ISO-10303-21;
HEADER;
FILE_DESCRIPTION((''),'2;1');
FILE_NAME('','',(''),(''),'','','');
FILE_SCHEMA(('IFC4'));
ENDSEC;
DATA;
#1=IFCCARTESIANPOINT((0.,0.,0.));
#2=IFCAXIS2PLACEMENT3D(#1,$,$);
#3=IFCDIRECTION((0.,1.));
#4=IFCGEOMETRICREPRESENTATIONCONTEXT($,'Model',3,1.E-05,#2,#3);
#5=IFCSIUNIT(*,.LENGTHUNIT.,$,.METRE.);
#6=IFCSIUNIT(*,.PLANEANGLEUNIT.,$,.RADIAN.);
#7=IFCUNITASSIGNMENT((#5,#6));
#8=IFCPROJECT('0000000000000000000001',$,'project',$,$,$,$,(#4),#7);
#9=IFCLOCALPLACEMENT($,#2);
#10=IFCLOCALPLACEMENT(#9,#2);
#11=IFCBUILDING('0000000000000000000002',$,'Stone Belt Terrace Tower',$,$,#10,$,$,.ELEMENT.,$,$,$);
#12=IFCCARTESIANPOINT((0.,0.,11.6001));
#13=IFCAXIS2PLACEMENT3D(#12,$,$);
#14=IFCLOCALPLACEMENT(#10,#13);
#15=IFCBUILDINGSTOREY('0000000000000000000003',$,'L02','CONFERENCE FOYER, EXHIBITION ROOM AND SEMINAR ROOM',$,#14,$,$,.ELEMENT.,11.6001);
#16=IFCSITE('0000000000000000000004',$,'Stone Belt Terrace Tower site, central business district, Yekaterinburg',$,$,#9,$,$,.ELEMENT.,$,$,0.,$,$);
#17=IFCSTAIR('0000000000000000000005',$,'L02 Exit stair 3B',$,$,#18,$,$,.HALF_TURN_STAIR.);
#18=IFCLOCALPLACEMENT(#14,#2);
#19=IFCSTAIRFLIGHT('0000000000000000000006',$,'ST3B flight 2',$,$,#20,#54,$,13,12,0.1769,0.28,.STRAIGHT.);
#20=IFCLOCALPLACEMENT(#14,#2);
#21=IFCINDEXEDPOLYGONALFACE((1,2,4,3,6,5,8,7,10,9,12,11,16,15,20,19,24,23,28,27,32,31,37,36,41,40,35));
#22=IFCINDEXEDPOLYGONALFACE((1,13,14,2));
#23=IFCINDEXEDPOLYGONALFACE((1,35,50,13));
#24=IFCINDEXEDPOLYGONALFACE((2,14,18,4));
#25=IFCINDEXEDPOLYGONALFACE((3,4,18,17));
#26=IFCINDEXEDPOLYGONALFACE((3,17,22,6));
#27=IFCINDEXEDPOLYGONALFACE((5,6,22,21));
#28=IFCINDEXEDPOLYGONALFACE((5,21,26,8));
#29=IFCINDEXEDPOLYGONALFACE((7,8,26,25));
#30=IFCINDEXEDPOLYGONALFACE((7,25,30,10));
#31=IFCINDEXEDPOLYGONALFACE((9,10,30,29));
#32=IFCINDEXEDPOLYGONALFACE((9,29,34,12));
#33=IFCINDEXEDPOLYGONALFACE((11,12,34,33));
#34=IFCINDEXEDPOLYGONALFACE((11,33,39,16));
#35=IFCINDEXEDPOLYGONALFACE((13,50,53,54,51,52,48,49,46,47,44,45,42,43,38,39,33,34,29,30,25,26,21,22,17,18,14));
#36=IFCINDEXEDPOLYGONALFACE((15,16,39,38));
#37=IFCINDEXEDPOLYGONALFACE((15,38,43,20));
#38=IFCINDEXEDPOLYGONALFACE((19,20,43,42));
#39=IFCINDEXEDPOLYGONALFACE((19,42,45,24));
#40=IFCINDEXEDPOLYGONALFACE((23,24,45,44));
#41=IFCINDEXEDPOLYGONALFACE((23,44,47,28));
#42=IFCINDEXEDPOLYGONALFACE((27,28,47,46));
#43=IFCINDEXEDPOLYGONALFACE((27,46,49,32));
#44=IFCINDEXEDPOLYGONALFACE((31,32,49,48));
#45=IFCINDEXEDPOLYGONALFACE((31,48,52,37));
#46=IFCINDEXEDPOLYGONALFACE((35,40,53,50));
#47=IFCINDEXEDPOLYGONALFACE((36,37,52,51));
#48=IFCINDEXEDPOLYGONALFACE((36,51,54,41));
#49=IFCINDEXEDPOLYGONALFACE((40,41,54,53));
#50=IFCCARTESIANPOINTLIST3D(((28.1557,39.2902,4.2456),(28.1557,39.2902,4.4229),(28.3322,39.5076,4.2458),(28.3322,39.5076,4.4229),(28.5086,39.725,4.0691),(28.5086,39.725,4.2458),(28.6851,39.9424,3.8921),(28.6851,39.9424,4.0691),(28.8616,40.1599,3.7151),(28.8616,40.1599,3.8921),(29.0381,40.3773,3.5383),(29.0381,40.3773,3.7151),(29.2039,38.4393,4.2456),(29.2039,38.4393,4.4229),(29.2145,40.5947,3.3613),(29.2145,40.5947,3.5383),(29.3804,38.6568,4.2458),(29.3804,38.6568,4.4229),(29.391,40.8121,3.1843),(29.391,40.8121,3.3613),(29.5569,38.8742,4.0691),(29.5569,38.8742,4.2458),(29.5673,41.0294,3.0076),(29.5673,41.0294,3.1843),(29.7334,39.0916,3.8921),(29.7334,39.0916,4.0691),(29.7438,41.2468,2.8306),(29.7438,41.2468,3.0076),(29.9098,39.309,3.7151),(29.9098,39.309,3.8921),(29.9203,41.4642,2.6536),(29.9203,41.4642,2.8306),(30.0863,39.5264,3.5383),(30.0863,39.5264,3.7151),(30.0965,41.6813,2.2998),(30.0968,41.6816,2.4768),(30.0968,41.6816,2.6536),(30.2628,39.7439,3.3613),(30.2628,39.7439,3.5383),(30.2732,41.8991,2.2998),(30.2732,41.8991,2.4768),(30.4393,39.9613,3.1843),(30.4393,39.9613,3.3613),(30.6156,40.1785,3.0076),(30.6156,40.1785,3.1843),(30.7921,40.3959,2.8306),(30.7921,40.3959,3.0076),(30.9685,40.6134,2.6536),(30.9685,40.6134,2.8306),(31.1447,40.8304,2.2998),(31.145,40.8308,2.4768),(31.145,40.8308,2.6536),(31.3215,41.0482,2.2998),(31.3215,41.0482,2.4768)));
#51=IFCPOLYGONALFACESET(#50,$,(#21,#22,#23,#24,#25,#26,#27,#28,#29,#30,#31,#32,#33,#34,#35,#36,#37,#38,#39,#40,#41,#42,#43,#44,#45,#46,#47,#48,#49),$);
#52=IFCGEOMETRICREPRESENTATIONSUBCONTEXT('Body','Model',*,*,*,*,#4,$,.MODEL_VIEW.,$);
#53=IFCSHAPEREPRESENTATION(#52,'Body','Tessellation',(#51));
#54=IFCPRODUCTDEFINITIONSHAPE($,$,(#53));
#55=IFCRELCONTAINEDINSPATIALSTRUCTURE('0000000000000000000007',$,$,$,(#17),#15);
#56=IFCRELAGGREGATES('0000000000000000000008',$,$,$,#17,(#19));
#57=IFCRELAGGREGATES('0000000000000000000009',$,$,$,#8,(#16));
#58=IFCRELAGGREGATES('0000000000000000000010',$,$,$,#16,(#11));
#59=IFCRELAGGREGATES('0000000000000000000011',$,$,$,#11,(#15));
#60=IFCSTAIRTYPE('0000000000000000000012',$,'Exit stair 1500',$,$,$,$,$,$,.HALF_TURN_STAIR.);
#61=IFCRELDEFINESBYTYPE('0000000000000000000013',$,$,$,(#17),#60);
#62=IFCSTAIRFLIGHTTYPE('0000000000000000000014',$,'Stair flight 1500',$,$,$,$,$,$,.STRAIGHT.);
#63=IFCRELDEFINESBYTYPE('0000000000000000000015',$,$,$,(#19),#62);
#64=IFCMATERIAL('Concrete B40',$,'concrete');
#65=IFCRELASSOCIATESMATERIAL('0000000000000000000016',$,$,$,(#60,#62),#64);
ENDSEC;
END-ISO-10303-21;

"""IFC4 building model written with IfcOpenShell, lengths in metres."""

from ifc_helpers import new_model, si_unit, direction, frame, origin, place, context, subcontext, project, spatial, polyline, outline, extrude, material, type_object, element, aggregate, save


model = new_model("IFC4")

# Units and contexts
model_context = context("Model", 3, precision=1e-05, world=origin(), true_north=direction((0.0, 1.0)))
body_context = subcontext(model_context, "Body", "Model", "MODEL_VIEW")
ifc_project = project(units=[si_unit("LENGTHUNIT", "METRE"), si_unit("PLANEANGLEUNIT", "RADIAN")], contexts=[model_context])

# Site, building, storey
site_placement = place(None, origin())
site = spatial("IfcSite", under=ifc_project, at=site_placement, Name="Stone Belt Terrace Tower site, central business district, Yekaterinburg", CompositionType="ELEMENT", RefElevation=0.0)
building_placement = place(site_placement, origin())
building = spatial("IfcBuilding", under=site, at=building_placement, Name="Stone Belt Terrace Tower", CompositionType="ELEMENT")
storey_placement = place(building_placement, frame((0.0, 0.0, 11.6001)))
storey = spatial("IfcBuildingStorey", under=building, at=storey_placement, Name="L02", Description="CONFERENCE FOYER, EXHIBITION ROOM AND SEMINAR ROOM", CompositionType="ELEMENT", Elevation=11.6001)

# Stair, stair flight
ifc_material_1 = material(Name="Concrete B40", Category="concrete")
stair_type = type_object("IfcStairType", Name="Exit stair 1500", PredefinedType="HALF_TURN_STAIR", material=ifc_material_1)
stair_flight_type = type_object("IfcStairFlightType", Name="Stair flight 1500", PredefinedType="STRAIGHT", material=ifc_material_1)
stair_1_placement = place(storey_placement, origin())
stair_1 = element("IfcStair", 1, at=stair_1_placement, inside=storey, type_object=stair_type, Name="L02 Exit stair 3B", PredefinedType="HALF_TURN_STAIR")
stair_flight_1_placement = place(storey_placement, frame((30.7974, 41.4736, 2.2998), z_axis=(0.0, 0.0, 1.0), x_axis=(-0.630206, -0.776428, 0.0)))
stair_flight_1 = element("IfcStairFlight", 2, at=stair_flight_1_placement, type_object=stair_flight_type, Name="ST3B flight 2", NumberOfRisers=13, NumberOfTreads=12, PredefinedType="STRAIGHT", RiserHeight=0.1769, TreadLength=0.28, context=body_context, shape_type="SweptSolid", body=[
    extrude(outline(polyline([(0.0, 0.0), (0.0, 0.177), (0.28, 0.177), (0.28, 0.3538), (0.5601, 0.3538), (0.5601, 0.5308), (0.8401, 0.5308), (0.8401, 0.7078), (1.1201, 0.7078), (1.1201, 0.8845), (1.3999, 0.8845), (1.3999, 1.0615), (1.6799, 1.0615), (1.6799, 1.2385), (1.96, 1.2385), (1.96, 1.4153), (2.24, 1.4153), (2.24, 1.5923), (2.52, 1.5923), (2.52, 1.7693), (2.8, 1.7693), (2.8, 1.946), (3.0801, 1.946), (3.0801, 2.123), (3.3601, 2.123), (3.3601, 2.3), (3.3601, 1.9458), (0.2805, 0.0), (0.0, 0.0)])), frame((0.0, 0.675, 0.0), z_axis=(0.0, -1.0, 0.0), x_axis=(1.0, 0.0, 0.0)), (0.0, 0.0, 1.0), 1.3501),
])
aggregate(stair_1, [stair_flight_1])

save(model, "model.ifc")
